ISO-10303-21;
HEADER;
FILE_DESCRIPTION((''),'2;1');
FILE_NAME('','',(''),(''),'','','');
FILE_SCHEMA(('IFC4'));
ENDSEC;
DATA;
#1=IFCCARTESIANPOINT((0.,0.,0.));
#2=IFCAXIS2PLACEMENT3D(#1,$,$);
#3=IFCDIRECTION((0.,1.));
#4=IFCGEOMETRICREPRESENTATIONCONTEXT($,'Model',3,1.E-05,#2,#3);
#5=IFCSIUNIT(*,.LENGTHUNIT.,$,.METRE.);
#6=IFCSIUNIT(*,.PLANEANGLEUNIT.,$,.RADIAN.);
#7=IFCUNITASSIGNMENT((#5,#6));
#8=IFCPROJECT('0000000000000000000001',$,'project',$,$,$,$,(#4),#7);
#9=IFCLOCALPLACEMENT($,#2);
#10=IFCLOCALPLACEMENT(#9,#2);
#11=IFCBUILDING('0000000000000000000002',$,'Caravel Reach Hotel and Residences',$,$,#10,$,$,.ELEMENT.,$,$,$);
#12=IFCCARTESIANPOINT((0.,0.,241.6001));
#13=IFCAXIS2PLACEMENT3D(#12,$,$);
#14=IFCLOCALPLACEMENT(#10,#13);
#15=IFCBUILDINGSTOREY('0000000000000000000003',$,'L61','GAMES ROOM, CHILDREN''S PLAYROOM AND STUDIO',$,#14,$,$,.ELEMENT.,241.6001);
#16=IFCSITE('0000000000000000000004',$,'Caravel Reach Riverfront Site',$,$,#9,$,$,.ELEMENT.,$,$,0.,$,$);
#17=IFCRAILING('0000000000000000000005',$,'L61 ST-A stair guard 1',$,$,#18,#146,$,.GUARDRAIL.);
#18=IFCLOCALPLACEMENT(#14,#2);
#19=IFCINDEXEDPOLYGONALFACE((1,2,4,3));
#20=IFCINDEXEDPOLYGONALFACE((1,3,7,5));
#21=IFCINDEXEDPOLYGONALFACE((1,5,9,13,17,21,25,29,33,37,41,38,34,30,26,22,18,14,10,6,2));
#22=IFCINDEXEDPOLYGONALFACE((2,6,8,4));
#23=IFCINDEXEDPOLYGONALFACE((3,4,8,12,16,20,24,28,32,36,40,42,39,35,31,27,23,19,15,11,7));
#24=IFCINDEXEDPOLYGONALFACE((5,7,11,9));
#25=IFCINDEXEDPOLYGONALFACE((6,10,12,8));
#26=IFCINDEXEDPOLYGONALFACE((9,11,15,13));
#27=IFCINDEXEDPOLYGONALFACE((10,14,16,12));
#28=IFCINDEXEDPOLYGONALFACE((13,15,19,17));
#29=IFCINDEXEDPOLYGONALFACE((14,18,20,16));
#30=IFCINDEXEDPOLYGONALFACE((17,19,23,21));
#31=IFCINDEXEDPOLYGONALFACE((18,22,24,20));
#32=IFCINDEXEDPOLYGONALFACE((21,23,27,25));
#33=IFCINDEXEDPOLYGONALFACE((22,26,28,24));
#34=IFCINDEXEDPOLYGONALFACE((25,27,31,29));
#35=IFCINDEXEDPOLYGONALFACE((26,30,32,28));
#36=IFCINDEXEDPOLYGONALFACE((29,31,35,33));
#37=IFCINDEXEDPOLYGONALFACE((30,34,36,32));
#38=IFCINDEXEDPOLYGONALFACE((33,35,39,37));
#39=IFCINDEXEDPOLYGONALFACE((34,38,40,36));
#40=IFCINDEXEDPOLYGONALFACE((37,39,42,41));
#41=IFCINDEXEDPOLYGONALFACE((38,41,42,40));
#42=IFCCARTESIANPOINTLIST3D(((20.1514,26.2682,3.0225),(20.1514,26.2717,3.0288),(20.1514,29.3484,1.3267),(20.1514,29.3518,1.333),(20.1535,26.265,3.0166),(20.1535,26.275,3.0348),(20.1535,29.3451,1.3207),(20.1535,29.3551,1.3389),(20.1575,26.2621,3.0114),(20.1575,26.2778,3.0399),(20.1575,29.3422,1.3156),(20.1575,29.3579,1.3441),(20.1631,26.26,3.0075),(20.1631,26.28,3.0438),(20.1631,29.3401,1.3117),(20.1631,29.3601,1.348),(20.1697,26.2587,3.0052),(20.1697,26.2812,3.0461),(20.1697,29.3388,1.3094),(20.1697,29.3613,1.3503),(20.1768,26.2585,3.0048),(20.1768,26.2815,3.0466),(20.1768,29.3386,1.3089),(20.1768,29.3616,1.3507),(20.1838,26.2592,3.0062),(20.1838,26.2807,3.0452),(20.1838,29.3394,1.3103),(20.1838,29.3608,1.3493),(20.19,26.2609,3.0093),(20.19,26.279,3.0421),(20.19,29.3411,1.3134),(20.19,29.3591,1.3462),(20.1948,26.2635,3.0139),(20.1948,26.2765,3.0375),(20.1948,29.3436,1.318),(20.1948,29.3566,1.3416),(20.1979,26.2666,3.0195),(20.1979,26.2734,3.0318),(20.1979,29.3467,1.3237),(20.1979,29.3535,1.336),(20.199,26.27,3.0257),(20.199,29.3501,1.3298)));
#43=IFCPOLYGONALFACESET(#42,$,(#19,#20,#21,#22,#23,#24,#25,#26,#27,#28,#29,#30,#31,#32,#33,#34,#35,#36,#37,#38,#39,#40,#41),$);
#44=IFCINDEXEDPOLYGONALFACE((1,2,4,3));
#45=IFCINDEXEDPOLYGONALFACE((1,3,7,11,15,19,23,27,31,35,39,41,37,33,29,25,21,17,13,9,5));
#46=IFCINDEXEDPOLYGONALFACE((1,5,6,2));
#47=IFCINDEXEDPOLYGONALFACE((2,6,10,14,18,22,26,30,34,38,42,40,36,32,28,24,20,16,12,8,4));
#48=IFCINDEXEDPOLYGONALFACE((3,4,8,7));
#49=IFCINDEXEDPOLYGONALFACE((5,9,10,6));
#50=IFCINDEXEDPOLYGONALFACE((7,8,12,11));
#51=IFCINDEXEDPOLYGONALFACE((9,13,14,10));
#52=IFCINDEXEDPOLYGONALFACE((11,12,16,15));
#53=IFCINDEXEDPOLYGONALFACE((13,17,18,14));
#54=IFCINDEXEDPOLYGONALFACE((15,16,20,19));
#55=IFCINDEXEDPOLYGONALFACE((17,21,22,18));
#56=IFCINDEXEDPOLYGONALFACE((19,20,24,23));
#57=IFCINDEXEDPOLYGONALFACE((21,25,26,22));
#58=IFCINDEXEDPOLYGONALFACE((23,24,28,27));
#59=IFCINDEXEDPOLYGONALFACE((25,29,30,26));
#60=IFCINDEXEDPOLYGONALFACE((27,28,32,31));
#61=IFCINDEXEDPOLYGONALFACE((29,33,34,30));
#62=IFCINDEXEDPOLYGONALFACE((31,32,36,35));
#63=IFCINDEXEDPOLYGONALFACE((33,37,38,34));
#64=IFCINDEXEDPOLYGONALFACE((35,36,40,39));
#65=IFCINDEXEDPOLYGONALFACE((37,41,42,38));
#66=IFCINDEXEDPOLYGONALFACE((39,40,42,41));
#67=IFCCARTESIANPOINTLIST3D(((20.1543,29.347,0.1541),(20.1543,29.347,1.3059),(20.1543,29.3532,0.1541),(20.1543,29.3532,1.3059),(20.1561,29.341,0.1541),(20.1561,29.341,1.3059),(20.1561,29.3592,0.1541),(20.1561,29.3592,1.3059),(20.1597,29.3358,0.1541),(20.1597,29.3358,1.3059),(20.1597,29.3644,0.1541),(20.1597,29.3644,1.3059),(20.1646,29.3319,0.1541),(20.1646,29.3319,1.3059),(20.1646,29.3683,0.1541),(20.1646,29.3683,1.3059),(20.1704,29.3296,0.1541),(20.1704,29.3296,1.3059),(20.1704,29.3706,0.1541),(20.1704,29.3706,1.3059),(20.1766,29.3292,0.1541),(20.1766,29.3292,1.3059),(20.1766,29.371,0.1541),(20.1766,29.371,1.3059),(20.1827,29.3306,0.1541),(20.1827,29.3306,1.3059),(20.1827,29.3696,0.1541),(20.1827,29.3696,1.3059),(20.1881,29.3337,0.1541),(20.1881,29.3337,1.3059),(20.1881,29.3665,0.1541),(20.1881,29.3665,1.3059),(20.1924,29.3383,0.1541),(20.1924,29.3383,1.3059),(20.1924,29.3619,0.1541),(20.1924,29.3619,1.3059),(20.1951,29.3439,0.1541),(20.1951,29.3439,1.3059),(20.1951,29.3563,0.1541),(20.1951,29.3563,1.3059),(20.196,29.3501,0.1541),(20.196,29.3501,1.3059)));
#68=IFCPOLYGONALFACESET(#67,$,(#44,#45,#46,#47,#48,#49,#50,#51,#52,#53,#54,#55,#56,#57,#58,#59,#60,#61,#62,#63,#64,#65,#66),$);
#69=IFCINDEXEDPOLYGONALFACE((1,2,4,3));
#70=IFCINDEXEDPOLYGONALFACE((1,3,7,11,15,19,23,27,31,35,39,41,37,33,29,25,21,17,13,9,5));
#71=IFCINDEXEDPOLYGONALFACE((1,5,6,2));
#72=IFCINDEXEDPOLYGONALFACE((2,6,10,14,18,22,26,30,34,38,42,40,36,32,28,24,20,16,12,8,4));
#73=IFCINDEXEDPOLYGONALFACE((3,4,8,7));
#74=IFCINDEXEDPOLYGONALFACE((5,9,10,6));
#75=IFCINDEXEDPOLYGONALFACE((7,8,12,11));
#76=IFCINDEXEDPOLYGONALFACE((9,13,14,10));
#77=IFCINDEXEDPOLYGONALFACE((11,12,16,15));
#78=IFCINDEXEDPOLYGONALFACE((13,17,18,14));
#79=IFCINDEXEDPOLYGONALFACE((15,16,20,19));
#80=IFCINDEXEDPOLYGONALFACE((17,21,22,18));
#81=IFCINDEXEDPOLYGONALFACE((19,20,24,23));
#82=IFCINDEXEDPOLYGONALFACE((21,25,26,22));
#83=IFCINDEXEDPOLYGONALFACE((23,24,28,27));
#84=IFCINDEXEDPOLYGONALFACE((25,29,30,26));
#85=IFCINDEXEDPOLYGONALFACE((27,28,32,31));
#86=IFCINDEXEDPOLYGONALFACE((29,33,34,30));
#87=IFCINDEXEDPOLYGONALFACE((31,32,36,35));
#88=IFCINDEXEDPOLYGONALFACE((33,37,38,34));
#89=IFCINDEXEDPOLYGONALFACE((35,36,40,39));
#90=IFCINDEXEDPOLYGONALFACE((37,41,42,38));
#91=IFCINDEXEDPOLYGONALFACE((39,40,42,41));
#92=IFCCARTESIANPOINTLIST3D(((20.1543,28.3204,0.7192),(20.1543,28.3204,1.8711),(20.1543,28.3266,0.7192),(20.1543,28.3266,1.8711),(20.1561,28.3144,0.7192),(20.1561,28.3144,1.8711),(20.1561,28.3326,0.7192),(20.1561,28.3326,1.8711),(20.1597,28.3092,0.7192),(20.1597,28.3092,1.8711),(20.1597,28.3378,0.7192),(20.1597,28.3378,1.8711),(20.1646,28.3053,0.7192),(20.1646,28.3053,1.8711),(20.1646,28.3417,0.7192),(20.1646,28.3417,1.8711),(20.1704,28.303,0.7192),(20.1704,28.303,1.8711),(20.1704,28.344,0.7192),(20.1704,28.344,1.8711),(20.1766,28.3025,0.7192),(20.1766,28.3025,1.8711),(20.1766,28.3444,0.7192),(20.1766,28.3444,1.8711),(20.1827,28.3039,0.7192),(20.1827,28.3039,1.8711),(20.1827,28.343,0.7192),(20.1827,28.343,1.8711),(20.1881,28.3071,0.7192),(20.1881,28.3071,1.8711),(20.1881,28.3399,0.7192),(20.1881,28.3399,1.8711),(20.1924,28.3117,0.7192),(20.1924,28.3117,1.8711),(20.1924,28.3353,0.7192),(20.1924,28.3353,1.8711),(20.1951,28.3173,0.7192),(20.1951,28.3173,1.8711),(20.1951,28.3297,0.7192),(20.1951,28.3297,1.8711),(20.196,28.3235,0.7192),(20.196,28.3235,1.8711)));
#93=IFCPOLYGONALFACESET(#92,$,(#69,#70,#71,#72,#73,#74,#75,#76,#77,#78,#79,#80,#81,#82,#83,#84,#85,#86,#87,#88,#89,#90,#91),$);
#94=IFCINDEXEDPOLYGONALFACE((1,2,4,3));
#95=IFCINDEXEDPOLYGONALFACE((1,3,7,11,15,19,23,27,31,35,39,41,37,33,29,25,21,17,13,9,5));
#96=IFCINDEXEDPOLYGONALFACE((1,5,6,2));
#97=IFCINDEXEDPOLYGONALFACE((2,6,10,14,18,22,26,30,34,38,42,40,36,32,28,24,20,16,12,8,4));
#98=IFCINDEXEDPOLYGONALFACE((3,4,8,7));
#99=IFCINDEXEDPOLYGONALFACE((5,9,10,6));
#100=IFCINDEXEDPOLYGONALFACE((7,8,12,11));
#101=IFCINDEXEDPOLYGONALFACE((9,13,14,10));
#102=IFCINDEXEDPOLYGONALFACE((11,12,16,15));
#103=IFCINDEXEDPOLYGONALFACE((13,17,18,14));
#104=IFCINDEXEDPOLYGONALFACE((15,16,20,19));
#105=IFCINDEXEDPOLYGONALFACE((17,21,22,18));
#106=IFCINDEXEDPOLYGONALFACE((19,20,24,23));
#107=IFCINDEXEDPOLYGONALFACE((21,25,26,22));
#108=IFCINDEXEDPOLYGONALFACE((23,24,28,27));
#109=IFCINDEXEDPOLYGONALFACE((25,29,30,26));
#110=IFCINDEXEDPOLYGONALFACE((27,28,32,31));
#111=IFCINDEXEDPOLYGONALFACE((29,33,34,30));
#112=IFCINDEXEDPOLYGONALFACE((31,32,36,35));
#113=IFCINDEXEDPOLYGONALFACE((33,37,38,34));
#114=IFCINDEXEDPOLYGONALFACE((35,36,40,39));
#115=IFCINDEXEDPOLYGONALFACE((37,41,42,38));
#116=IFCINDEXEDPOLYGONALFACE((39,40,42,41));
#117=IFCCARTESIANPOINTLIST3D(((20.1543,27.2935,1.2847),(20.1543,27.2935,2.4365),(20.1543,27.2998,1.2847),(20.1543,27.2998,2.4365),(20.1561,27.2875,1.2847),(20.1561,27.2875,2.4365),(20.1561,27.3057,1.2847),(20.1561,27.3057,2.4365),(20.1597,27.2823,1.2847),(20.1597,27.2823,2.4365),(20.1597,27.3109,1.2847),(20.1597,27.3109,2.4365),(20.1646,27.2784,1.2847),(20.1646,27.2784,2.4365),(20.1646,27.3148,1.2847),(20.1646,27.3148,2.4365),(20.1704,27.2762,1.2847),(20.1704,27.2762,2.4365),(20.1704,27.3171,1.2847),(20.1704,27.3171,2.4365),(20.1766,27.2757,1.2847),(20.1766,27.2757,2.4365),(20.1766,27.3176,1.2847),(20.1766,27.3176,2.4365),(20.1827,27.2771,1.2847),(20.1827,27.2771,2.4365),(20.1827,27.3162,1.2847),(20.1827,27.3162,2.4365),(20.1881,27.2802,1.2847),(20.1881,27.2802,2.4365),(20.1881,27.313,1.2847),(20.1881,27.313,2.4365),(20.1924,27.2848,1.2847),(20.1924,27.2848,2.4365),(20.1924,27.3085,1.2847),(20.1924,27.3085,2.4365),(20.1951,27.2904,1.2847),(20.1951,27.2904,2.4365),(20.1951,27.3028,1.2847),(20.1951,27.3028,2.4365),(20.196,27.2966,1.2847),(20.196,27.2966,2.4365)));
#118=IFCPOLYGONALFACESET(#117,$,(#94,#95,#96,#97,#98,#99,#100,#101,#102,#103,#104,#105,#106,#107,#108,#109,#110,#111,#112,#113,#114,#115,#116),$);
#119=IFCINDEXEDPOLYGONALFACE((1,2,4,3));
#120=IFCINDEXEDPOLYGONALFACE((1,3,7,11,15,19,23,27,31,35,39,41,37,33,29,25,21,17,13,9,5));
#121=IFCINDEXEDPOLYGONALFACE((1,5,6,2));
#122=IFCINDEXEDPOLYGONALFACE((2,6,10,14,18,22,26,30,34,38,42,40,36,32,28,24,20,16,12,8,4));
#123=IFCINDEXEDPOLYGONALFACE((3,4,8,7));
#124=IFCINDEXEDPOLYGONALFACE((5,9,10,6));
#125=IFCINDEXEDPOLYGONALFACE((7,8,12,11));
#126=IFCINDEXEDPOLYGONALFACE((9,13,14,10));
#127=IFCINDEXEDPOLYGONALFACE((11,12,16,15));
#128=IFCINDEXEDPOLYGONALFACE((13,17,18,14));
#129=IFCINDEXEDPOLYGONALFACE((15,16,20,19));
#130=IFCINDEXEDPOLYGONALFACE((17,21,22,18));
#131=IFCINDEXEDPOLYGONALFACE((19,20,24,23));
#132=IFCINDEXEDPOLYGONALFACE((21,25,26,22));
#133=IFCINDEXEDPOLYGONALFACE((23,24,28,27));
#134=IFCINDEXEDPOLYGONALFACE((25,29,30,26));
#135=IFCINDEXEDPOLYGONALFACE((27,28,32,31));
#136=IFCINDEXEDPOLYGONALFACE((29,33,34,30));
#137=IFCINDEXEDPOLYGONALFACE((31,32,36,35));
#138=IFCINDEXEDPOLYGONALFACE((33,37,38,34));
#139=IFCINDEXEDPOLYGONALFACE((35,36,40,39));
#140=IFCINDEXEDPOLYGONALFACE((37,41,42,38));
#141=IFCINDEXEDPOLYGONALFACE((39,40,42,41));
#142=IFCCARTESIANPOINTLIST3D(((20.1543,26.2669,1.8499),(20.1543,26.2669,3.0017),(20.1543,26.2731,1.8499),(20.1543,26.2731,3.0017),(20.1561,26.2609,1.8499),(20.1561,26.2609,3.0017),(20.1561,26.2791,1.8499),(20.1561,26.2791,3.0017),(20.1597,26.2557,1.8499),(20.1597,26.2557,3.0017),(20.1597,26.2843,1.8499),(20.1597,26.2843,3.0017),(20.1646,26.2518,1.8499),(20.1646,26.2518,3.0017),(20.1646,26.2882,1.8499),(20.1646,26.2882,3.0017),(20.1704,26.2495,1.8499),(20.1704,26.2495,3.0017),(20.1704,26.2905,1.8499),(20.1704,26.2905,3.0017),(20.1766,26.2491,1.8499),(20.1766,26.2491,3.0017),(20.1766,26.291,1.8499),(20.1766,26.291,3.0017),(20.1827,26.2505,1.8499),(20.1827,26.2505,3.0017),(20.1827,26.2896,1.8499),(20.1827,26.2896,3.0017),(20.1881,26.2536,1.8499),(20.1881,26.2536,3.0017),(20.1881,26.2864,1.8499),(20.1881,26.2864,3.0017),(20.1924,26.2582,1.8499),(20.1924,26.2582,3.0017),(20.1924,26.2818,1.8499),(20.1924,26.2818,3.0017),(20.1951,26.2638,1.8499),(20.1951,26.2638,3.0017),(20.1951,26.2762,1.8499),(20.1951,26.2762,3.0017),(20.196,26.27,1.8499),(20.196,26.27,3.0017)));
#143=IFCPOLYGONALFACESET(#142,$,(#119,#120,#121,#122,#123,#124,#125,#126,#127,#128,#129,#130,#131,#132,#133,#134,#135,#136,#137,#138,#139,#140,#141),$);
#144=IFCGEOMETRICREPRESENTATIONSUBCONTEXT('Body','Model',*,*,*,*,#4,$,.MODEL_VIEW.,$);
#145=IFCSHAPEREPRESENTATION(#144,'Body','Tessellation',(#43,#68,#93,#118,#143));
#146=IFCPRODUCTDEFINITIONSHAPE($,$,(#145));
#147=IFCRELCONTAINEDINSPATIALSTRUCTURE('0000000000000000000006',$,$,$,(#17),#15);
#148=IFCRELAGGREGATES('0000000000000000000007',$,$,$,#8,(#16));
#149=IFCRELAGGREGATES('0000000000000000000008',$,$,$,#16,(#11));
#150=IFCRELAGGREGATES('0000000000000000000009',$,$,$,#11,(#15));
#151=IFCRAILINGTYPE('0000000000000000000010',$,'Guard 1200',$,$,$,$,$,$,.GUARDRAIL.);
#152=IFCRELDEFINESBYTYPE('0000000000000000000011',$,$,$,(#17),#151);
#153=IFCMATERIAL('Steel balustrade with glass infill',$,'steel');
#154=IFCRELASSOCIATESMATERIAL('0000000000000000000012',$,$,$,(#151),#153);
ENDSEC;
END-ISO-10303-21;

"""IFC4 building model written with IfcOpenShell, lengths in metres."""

from ifc_helpers import new_model, si_unit, direction, frame, origin, origin_2d, place, context, subcontext, project, spatial, circle, extrude, material, type_object, element, save


model = new_model("IFC4")

# Units and contexts
model_context = context("Model", 3, precision=1e-05, world=origin(), true_north=direction((0.0, 1.0)))
body_context = subcontext(model_context, "Body", "Model", "MODEL_VIEW")
ifc_project = project(units=[si_unit("LENGTHUNIT", "METRE"), si_unit("PLANEANGLEUNIT", "RADIAN")], contexts=[model_context])

# Site, building, storey
site_placement = place(None, origin())
site = spatial("IfcSite", under=ifc_project, at=site_placement, Name="Caravel Reach Riverfront Site", CompositionType="ELEMENT", RefElevation=0.0)
building_placement = place(site_placement, origin())
building = spatial("IfcBuilding", under=site, at=building_placement, Name="Caravel Reach Hotel and Residences", CompositionType="ELEMENT")
storey_placement = place(building_placement, frame((0.0, 0.0, 241.6001)))
storey = spatial("IfcBuildingStorey", under=building, at=storey_placement, Name="L61", Description="GAMES ROOM, CHILDREN'S PLAYROOM AND STUDIO", CompositionType="ELEMENT", Elevation=241.6001)

# Railing
ifc_material_1 = material(Name="Steel balustrade with glass infill", Category="steel")
railing_type_1 = type_object("IfcRailingType", Name="Guard 1200", PredefinedType="GUARDRAIL", material=ifc_material_1)
railing_1_placement = place(storey_placement, frame((20.175, 29.3501, 0.1541)))
element("IfcRailing", 1, at=railing_1_placement, inside=storey, type_object=railing_type_1, Name="L61 ST-A stair guard 1", PredefinedType="GUARDRAIL", context=body_context, shape_type="SweptSolid", body=[
    extrude(circle(Radius=0.0239, at=origin_2d()), frame((0.0, 0.0, 1.1758), z_axis=(0.0, -0.876005, 0.482303), x_axis=(1.0, 0.0, 0.0)), (0.0, 0.0, 1.0), 3.5161),
    extrude(circle(Radius=0.021, at=origin_2d()), origin(), (0.0, 0.0, 1.0), 1.1519),
    extrude(circle(Radius=0.021, at=origin_2d()), frame((0.0, -1.0266, 0.5652)), (0.0, 0.0, 1.0), 1.1519),
    extrude(circle(Radius=0.021, at=origin_2d()), frame((0.0, -2.0535, 1.1306)), (0.0, 0.0, 1.0), 1.1519),
    extrude(circle(Radius=0.021, at=origin_2d()), frame((0.0, -3.0801, 1.6958)), (0.0, 0.0, 1.0), 1.1519),
])

save(model, "model.ifc")
